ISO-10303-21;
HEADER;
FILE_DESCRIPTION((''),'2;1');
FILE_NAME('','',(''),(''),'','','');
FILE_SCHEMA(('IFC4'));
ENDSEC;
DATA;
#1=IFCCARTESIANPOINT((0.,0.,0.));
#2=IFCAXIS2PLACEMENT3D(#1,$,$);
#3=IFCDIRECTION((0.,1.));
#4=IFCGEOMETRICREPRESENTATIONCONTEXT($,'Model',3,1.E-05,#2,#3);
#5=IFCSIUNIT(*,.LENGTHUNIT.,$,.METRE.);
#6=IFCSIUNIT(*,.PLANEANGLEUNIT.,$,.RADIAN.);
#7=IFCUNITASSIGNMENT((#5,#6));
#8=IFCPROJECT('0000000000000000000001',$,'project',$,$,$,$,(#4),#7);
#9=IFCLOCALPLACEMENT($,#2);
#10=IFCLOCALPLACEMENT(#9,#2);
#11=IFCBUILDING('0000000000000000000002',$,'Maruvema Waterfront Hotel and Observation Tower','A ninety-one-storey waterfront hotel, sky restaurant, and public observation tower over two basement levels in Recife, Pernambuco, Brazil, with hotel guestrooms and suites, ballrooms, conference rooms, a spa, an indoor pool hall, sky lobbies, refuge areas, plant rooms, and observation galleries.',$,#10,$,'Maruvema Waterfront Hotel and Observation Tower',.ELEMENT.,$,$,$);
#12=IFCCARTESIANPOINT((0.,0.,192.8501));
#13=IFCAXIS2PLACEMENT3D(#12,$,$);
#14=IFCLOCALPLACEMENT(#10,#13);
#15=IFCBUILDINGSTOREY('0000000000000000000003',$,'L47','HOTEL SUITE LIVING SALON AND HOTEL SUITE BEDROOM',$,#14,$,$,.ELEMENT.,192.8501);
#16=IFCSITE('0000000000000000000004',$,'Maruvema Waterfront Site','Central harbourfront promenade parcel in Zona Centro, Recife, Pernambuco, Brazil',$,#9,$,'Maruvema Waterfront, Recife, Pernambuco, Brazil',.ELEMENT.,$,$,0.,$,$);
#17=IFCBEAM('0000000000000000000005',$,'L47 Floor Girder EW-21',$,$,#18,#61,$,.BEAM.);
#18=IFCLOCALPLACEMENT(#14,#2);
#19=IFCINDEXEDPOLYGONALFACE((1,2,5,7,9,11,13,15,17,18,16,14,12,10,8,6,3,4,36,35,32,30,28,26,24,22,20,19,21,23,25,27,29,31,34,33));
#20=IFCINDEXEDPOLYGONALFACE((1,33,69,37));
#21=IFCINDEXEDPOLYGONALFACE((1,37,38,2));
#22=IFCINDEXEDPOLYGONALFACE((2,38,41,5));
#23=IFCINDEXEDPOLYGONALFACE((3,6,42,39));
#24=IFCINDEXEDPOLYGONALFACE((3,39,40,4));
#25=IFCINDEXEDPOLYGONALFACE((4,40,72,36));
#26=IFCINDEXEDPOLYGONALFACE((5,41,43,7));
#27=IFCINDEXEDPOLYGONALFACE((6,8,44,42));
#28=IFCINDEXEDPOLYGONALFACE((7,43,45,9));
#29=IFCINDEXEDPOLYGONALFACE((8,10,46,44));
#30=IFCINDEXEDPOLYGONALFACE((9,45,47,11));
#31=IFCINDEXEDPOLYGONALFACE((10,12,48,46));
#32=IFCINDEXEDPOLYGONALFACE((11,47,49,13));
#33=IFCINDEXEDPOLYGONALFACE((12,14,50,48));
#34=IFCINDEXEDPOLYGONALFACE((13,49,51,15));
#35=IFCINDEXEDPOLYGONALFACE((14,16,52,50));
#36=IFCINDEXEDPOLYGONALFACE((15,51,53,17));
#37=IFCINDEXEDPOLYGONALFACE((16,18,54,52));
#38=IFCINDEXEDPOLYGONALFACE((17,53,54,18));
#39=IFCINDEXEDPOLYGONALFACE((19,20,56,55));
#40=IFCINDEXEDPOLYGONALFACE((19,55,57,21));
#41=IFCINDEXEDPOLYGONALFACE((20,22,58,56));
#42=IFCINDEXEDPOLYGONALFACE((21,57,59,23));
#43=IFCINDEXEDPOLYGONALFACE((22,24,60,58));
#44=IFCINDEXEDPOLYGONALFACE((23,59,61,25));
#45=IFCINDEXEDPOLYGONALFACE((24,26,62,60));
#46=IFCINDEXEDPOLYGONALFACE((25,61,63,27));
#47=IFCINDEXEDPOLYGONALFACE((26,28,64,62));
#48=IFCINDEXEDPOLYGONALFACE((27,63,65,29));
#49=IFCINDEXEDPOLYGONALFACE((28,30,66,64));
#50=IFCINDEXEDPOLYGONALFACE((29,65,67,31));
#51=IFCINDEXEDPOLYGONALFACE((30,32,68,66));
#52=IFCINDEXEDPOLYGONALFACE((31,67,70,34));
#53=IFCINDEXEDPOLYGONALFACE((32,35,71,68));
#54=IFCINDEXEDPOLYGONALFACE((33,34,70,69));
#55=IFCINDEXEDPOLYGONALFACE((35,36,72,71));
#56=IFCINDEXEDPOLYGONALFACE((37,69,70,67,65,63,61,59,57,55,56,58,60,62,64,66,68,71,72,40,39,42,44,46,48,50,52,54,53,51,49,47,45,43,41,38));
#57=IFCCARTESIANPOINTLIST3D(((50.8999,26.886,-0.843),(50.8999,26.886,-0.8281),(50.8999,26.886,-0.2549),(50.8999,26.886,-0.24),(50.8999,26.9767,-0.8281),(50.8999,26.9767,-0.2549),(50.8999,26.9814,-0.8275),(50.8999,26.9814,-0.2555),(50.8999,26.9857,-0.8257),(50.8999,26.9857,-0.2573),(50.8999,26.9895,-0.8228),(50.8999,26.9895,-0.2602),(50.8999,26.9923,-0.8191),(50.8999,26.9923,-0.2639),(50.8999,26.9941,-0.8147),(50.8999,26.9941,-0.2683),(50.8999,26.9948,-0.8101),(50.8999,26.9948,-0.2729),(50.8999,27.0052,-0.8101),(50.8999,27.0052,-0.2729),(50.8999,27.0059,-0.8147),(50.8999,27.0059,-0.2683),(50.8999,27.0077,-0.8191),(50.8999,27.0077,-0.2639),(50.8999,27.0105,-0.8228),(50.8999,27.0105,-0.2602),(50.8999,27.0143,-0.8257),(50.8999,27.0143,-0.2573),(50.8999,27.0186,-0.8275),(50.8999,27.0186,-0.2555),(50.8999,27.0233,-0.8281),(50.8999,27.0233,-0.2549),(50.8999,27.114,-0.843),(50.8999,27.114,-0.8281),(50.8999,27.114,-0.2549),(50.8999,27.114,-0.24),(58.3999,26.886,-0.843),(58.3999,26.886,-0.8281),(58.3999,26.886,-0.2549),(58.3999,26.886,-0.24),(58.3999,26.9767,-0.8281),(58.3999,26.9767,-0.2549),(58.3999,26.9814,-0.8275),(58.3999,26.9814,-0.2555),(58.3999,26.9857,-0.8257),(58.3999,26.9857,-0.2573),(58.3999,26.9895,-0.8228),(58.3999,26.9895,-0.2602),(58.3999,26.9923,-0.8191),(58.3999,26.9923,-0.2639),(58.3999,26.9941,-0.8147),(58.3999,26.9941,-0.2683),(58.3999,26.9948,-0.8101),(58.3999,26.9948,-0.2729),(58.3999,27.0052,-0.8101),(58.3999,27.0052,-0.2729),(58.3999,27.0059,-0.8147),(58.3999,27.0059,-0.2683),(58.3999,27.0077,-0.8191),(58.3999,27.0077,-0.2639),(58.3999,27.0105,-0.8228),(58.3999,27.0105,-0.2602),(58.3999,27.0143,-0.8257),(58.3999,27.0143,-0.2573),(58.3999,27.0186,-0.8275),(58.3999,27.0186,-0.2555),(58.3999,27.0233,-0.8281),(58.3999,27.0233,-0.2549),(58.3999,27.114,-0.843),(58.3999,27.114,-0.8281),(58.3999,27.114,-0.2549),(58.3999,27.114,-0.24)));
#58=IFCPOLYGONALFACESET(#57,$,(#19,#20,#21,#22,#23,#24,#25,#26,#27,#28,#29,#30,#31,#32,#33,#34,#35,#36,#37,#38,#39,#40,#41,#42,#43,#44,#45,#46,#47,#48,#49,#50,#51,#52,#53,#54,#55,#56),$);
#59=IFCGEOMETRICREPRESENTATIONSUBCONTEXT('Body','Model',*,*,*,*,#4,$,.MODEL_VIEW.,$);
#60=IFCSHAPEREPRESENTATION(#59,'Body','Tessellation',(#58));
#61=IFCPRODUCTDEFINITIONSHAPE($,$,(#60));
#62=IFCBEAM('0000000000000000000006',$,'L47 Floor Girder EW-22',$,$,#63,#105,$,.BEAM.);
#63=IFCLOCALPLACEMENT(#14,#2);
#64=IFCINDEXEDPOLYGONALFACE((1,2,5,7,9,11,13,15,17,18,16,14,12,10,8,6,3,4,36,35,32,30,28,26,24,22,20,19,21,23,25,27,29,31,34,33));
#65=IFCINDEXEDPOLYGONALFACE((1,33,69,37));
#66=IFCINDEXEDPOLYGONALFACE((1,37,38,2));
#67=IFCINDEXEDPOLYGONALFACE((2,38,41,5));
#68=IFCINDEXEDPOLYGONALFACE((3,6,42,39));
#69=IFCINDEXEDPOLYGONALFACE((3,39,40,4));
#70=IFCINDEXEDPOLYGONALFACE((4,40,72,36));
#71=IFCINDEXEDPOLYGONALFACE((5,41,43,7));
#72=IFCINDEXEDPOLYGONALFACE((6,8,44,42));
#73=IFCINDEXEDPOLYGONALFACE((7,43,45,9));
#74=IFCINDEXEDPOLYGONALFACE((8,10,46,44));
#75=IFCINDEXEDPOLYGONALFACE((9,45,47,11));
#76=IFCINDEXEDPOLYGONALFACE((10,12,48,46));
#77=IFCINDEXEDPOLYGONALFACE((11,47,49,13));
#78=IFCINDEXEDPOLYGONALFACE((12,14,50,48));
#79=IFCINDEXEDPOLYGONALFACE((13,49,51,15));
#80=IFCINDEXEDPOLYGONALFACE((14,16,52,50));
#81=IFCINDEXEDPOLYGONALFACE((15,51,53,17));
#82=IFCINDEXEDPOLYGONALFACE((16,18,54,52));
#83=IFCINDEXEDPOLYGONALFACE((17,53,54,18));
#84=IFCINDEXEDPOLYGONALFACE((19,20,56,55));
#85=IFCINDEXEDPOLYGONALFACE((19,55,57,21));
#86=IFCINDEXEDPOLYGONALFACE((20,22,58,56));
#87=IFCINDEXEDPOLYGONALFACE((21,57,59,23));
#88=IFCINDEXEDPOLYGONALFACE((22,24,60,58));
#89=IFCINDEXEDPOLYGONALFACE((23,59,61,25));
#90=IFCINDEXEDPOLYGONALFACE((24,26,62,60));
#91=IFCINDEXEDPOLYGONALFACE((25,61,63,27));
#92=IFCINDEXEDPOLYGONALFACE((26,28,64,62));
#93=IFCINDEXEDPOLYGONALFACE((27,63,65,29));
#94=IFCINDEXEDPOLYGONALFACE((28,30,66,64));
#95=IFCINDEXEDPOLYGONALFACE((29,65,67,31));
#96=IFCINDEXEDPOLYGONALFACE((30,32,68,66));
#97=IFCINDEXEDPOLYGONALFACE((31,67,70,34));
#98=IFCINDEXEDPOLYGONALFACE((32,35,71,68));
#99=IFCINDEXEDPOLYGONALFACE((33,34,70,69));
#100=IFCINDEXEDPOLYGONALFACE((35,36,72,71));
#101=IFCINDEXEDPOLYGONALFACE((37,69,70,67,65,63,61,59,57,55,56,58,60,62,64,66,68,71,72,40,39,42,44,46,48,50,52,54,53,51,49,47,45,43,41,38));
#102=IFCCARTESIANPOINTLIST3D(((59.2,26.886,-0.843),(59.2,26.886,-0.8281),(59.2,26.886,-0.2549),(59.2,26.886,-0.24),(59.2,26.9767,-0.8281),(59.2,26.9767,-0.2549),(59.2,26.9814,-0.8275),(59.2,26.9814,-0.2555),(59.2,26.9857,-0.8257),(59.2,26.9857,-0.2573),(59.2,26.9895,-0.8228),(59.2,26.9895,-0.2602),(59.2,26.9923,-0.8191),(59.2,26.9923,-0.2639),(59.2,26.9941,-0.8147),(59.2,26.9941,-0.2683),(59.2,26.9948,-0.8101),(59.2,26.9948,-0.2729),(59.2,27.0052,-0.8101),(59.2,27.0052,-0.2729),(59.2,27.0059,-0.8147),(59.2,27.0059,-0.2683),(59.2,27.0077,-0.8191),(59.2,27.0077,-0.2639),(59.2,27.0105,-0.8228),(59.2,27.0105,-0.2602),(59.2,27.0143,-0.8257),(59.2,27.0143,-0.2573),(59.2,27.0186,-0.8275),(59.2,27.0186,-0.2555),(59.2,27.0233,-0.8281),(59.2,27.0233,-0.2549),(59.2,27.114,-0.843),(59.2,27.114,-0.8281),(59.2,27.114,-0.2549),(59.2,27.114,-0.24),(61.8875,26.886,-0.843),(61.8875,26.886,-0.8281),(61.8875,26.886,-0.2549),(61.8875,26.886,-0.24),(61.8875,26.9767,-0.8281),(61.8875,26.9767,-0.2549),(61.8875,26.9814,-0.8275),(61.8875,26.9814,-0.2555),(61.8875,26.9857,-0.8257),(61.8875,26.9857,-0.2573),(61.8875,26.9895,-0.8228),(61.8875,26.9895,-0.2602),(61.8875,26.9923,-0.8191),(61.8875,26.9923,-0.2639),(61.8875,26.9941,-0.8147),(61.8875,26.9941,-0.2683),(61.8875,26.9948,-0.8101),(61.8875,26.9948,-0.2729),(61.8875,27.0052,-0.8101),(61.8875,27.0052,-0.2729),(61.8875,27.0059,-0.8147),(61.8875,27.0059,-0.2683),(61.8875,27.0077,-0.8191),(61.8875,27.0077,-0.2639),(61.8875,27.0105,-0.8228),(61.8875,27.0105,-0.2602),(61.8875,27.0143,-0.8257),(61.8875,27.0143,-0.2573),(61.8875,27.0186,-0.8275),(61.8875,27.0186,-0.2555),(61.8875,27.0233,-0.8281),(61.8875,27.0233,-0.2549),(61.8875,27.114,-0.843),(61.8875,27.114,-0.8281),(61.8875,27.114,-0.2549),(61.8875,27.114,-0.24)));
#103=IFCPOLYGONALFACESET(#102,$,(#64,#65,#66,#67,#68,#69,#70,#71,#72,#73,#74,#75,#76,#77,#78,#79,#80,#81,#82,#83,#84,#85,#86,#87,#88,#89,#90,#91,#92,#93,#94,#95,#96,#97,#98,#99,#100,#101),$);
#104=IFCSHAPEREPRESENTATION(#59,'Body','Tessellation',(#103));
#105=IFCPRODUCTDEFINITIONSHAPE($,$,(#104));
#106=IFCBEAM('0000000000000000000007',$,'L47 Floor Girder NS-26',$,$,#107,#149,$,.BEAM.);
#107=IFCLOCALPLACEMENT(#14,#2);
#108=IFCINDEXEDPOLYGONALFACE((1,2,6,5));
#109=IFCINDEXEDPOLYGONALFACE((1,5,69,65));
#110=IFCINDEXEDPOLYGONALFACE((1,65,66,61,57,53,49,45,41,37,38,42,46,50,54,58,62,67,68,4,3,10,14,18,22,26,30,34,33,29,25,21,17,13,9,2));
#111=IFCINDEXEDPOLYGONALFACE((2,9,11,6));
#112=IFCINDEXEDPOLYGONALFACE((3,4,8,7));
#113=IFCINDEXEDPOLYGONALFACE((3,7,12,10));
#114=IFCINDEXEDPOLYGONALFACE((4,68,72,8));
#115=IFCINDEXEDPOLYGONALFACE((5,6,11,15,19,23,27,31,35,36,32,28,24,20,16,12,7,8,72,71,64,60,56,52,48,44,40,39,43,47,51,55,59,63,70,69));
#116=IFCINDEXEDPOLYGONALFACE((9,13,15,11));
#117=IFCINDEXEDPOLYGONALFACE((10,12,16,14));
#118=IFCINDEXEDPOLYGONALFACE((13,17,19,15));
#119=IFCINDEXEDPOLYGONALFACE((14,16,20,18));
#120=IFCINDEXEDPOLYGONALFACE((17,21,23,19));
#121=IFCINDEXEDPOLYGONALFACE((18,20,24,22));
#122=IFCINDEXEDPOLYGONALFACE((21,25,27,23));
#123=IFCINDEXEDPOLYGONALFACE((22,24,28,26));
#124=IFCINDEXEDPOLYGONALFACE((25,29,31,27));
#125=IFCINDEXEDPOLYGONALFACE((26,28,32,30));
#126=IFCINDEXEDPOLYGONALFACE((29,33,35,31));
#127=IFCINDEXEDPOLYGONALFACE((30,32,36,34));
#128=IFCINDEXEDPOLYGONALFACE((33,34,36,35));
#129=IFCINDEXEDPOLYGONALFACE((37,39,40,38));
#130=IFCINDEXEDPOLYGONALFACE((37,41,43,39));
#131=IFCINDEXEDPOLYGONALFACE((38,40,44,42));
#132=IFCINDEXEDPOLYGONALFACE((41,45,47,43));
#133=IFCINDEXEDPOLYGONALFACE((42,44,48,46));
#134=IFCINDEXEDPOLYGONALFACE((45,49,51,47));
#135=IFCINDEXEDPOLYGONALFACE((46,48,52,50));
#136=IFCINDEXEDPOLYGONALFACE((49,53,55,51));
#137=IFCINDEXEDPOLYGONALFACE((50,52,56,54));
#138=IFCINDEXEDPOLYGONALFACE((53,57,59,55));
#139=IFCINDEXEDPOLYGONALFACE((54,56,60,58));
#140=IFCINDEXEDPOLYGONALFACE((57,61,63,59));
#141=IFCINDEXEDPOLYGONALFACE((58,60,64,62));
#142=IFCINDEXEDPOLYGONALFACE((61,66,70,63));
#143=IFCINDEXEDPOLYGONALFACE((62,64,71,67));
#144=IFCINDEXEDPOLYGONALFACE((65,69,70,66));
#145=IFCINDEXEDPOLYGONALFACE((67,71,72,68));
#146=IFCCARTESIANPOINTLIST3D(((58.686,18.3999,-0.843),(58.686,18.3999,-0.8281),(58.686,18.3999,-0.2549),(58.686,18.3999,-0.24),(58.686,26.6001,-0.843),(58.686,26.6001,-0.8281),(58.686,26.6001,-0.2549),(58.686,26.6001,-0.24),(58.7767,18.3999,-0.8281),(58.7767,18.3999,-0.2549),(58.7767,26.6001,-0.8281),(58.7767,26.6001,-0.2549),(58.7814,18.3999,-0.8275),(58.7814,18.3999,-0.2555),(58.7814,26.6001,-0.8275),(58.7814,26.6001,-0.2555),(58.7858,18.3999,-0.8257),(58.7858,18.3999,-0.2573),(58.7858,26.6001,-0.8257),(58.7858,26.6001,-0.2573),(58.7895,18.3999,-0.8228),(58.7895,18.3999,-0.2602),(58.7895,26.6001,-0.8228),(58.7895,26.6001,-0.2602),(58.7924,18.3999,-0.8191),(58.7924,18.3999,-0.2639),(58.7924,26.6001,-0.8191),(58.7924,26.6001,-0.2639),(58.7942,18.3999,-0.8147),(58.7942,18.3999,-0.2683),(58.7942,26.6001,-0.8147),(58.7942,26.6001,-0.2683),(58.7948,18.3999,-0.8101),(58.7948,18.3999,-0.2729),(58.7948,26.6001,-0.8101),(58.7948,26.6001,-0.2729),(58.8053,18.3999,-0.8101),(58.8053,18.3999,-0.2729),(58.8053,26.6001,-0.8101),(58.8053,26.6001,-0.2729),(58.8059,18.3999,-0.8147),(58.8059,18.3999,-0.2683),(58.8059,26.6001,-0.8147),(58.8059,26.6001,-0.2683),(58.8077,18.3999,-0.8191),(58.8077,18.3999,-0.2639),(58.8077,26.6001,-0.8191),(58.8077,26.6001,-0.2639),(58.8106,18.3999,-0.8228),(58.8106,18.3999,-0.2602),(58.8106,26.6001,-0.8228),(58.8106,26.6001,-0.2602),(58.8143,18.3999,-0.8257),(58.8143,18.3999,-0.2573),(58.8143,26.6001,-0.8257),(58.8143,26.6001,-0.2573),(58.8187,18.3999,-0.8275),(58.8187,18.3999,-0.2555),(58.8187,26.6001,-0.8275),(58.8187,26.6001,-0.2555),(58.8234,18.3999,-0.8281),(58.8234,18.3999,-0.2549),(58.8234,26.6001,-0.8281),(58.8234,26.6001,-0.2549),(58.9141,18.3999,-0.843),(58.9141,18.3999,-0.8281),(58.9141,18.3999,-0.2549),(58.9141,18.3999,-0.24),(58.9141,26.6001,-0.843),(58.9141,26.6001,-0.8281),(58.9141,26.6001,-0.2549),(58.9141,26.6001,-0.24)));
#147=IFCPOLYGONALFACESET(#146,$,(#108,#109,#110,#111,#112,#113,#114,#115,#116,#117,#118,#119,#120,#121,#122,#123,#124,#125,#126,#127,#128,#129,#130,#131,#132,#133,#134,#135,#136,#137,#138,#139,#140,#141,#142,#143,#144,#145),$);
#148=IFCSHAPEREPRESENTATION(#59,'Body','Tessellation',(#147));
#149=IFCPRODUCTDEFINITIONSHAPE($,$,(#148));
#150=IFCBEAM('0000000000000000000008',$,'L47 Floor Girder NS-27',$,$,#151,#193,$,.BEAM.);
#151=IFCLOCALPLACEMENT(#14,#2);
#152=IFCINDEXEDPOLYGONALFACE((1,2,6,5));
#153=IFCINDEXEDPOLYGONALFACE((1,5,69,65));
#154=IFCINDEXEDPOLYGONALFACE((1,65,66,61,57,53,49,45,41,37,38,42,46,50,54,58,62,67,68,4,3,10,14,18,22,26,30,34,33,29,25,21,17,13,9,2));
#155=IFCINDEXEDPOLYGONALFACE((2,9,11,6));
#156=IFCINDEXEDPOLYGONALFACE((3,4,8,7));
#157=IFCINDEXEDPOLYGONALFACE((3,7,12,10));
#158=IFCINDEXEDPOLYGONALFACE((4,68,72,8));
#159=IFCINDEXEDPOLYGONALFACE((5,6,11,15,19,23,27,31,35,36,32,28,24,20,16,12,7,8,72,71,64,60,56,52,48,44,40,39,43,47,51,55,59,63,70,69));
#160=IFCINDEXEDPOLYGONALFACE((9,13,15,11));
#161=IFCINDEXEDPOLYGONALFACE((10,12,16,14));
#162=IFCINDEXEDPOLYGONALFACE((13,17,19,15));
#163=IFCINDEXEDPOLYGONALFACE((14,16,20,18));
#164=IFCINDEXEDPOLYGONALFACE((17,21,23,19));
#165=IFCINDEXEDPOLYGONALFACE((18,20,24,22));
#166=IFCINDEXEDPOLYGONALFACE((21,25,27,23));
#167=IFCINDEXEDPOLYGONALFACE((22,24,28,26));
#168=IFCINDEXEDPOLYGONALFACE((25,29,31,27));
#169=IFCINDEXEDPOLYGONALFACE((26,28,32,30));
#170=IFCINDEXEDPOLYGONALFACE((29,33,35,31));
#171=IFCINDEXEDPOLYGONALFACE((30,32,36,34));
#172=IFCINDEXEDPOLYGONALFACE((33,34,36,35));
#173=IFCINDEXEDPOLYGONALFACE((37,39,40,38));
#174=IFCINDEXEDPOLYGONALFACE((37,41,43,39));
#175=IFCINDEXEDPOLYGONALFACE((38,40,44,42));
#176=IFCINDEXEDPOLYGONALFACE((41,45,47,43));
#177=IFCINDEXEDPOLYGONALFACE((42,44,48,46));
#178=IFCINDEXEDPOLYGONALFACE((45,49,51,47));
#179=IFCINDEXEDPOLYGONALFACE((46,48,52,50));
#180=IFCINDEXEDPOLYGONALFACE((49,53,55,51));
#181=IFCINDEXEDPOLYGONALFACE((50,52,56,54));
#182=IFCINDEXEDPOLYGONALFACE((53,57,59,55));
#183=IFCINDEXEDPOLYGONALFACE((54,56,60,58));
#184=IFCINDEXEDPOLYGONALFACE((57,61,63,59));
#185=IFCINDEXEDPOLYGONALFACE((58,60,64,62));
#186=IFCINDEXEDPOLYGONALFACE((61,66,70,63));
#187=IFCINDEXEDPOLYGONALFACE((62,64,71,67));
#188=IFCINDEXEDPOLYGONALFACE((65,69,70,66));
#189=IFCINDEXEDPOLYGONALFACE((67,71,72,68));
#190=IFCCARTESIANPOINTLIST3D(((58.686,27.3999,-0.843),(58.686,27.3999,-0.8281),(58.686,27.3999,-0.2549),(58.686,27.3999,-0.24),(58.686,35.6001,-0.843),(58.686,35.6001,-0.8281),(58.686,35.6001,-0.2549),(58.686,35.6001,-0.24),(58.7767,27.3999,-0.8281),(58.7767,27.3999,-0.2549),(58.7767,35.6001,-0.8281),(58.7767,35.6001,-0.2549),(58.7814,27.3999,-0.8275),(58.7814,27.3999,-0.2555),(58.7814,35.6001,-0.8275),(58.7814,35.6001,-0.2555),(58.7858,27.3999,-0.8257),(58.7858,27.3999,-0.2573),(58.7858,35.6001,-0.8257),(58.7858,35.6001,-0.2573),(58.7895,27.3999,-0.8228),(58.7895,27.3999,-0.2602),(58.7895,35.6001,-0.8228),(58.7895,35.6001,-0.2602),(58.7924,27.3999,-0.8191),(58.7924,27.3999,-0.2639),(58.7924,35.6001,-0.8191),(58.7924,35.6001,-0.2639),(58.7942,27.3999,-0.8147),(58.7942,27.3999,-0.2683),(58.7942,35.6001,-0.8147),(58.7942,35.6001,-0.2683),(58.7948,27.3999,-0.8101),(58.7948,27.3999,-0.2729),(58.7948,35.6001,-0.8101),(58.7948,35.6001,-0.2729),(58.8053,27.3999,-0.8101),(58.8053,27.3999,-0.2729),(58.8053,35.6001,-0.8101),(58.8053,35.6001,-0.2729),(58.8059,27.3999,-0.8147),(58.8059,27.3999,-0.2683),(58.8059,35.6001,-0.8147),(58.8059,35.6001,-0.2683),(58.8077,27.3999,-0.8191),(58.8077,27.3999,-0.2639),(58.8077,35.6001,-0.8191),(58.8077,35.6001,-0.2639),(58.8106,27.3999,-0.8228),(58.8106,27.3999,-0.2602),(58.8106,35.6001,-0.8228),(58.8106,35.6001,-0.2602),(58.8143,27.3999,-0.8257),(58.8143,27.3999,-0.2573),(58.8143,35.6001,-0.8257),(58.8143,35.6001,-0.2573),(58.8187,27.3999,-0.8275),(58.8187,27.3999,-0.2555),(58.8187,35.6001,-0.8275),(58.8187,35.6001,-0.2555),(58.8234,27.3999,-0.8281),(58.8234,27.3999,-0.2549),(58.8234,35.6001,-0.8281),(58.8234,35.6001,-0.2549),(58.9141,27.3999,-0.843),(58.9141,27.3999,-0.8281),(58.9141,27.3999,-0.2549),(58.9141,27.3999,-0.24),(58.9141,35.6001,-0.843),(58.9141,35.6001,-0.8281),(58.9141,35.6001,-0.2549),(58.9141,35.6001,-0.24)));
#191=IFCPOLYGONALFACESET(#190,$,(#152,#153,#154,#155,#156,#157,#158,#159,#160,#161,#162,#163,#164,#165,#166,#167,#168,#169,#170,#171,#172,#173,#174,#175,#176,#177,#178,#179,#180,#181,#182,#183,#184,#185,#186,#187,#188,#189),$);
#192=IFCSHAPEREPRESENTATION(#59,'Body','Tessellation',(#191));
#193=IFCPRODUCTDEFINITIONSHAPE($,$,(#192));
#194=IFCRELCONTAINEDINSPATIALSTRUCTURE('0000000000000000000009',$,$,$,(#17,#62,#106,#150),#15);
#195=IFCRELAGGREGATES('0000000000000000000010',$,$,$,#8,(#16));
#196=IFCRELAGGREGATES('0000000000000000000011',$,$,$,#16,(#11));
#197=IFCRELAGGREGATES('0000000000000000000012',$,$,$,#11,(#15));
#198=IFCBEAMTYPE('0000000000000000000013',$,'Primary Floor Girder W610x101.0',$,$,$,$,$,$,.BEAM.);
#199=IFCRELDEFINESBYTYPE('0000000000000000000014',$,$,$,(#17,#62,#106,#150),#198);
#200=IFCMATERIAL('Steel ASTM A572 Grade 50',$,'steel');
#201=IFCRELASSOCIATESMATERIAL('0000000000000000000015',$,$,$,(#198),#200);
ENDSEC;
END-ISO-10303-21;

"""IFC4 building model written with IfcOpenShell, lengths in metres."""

from ifc_helpers import new_model, si_unit, direction, frame, origin, origin_2d, place, context, subcontext, project, spatial, i_section, extrude, material, material_profile, profile_set, type_object, element, save


model = new_model("IFC4")

# Units and contexts
model_context = context("Model", 3, precision=1e-05, world=origin(), true_north=direction((0.0, 1.0)))
body_context = subcontext(model_context, "Body", "Model", "MODEL_VIEW")
ifc_project = project(units=[si_unit("LENGTHUNIT", "METRE"), si_unit("PLANEANGLEUNIT", "RADIAN")], contexts=[model_context])

# Site, building, storey
site_placement = place(None, origin())
site = spatial("IfcSite", under=ifc_project, at=site_placement, Name="Maruvema Waterfront Site", Description="Central harbourfront promenade parcel in Zona Centro, Recife, Pernambuco, Brazil", LongName="Maruvema Waterfront, Recife, Pernambuco, Brazil", CompositionType="ELEMENT", RefElevation=0.0)
building_placement = place(site_placement, origin())
building = spatial("IfcBuilding", under=site, at=building_placement, Name="Maruvema Waterfront Hotel and Observation Tower", Description="A ninety-one-storey waterfront hotel, sky restaurant, and public observation tower over two basement levels in Recife, Pernambuco, Brazil, with hotel guestrooms and suites, ballrooms, conference rooms, a spa, an indoor pool hall, sky lobbies, refuge areas, plant rooms, and observation galleries.", LongName="Maruvema Waterfront Hotel and Observation Tower", CompositionType="ELEMENT")
storey_placement = place(building_placement, frame((0.0, 0.0, 192.8501)))
storey = spatial("IfcBuildingStorey", under=building, at=storey_placement, Name="L47", Description="HOTEL SUITE LIVING SALON AND HOTEL SUITE BEDROOM", CompositionType="ELEMENT", Elevation=192.8501)

# Beams
ifc_material_1 = material(Name="Steel ASTM A572 Grade 50", Category="steel")
ifc_material_profile_1 = material_profile(ifc_material_1, i_section(OverallWidth=0.228, OverallDepth=0.603, WebThickness=0.0105, FlangeThickness=0.0149, FilletRadius=0.0181, at=origin_2d()), Name="W610x101.0")
ifc_profile_set_1 = profile_set([ifc_material_profile_1], Name="Steel ASTM A572 Grade 50")
beam_type_1 = type_object("IfcBeamType", Name="Primary Floor Girder W610x101.0", PredefinedType="BEAM", material=ifc_profile_set_1)
beam_1_placement = place(storey_placement, frame((50.8999, 27.0, -0.5415), z_axis=(1.0, 0.0, 0.0), x_axis=(0.0, 1.0, 0.0)))
element("IfcBeam", 1, at=beam_1_placement, inside=storey, type_object=beam_type_1, Name="L47 Floor Girder EW-21", PredefinedType="BEAM", context=body_context, shape_type="SweptSolid", body=[
    extrude(i_section(OverallWidth=0.228, OverallDepth=0.603, WebThickness=0.0105, FlangeThickness=0.0149, FilletRadius=0.0181, at=origin_2d()), origin(), (0.0, 0.0, 1.0), 7.5),
])
beam_2_placement = place(storey_placement, frame((59.2, 27.0, -0.5415), z_axis=(1.0, 0.0, 0.0), x_axis=(0.0, 1.0, 0.0)))
element("IfcBeam", 2, at=beam_2_placement, inside=storey, type_object=beam_type_1, Name="L47 Floor Girder EW-22", PredefinedType="BEAM", context=body_context, shape_type="SweptSolid", body=[
    extrude(i_section(OverallWidth=0.228, OverallDepth=0.603, WebThickness=0.0105, FlangeThickness=0.0149, FilletRadius=0.0181, at=origin_2d()), origin(), (0.0, 0.0, 1.0), 2.6875),
])
for number, where, z_axis, x_axis, name in (
    (3, (58.8, 18.3999, -0.5415), (0.0, 1.0, 0.0), (-1.0, 0.0, 0.0), "L47 Floor Girder NS-26"),
    (4, (58.8, 27.3999, -0.5415), (0.0, 1.0, 0.0), (-1.0, 0.0, 0.0), "L47 Floor Girder NS-27"),
):
    element("IfcBeam", number, at=place(storey_placement, frame(where, z_axis=z_axis, x_axis=x_axis)), inside=storey, type_object=beam_type_1, Name=name, PredefinedType="BEAM", context=body_context, shape_type="SweptSolid", body=[
        extrude(i_section(OverallWidth=0.228, OverallDepth=0.603, WebThickness=0.0105, FlangeThickness=0.0149, FilletRadius=0.0181, at=origin_2d()), origin(), (0.0, 0.0, 1.0), 8.2002),
    ])

save(model, "model.ifc")
